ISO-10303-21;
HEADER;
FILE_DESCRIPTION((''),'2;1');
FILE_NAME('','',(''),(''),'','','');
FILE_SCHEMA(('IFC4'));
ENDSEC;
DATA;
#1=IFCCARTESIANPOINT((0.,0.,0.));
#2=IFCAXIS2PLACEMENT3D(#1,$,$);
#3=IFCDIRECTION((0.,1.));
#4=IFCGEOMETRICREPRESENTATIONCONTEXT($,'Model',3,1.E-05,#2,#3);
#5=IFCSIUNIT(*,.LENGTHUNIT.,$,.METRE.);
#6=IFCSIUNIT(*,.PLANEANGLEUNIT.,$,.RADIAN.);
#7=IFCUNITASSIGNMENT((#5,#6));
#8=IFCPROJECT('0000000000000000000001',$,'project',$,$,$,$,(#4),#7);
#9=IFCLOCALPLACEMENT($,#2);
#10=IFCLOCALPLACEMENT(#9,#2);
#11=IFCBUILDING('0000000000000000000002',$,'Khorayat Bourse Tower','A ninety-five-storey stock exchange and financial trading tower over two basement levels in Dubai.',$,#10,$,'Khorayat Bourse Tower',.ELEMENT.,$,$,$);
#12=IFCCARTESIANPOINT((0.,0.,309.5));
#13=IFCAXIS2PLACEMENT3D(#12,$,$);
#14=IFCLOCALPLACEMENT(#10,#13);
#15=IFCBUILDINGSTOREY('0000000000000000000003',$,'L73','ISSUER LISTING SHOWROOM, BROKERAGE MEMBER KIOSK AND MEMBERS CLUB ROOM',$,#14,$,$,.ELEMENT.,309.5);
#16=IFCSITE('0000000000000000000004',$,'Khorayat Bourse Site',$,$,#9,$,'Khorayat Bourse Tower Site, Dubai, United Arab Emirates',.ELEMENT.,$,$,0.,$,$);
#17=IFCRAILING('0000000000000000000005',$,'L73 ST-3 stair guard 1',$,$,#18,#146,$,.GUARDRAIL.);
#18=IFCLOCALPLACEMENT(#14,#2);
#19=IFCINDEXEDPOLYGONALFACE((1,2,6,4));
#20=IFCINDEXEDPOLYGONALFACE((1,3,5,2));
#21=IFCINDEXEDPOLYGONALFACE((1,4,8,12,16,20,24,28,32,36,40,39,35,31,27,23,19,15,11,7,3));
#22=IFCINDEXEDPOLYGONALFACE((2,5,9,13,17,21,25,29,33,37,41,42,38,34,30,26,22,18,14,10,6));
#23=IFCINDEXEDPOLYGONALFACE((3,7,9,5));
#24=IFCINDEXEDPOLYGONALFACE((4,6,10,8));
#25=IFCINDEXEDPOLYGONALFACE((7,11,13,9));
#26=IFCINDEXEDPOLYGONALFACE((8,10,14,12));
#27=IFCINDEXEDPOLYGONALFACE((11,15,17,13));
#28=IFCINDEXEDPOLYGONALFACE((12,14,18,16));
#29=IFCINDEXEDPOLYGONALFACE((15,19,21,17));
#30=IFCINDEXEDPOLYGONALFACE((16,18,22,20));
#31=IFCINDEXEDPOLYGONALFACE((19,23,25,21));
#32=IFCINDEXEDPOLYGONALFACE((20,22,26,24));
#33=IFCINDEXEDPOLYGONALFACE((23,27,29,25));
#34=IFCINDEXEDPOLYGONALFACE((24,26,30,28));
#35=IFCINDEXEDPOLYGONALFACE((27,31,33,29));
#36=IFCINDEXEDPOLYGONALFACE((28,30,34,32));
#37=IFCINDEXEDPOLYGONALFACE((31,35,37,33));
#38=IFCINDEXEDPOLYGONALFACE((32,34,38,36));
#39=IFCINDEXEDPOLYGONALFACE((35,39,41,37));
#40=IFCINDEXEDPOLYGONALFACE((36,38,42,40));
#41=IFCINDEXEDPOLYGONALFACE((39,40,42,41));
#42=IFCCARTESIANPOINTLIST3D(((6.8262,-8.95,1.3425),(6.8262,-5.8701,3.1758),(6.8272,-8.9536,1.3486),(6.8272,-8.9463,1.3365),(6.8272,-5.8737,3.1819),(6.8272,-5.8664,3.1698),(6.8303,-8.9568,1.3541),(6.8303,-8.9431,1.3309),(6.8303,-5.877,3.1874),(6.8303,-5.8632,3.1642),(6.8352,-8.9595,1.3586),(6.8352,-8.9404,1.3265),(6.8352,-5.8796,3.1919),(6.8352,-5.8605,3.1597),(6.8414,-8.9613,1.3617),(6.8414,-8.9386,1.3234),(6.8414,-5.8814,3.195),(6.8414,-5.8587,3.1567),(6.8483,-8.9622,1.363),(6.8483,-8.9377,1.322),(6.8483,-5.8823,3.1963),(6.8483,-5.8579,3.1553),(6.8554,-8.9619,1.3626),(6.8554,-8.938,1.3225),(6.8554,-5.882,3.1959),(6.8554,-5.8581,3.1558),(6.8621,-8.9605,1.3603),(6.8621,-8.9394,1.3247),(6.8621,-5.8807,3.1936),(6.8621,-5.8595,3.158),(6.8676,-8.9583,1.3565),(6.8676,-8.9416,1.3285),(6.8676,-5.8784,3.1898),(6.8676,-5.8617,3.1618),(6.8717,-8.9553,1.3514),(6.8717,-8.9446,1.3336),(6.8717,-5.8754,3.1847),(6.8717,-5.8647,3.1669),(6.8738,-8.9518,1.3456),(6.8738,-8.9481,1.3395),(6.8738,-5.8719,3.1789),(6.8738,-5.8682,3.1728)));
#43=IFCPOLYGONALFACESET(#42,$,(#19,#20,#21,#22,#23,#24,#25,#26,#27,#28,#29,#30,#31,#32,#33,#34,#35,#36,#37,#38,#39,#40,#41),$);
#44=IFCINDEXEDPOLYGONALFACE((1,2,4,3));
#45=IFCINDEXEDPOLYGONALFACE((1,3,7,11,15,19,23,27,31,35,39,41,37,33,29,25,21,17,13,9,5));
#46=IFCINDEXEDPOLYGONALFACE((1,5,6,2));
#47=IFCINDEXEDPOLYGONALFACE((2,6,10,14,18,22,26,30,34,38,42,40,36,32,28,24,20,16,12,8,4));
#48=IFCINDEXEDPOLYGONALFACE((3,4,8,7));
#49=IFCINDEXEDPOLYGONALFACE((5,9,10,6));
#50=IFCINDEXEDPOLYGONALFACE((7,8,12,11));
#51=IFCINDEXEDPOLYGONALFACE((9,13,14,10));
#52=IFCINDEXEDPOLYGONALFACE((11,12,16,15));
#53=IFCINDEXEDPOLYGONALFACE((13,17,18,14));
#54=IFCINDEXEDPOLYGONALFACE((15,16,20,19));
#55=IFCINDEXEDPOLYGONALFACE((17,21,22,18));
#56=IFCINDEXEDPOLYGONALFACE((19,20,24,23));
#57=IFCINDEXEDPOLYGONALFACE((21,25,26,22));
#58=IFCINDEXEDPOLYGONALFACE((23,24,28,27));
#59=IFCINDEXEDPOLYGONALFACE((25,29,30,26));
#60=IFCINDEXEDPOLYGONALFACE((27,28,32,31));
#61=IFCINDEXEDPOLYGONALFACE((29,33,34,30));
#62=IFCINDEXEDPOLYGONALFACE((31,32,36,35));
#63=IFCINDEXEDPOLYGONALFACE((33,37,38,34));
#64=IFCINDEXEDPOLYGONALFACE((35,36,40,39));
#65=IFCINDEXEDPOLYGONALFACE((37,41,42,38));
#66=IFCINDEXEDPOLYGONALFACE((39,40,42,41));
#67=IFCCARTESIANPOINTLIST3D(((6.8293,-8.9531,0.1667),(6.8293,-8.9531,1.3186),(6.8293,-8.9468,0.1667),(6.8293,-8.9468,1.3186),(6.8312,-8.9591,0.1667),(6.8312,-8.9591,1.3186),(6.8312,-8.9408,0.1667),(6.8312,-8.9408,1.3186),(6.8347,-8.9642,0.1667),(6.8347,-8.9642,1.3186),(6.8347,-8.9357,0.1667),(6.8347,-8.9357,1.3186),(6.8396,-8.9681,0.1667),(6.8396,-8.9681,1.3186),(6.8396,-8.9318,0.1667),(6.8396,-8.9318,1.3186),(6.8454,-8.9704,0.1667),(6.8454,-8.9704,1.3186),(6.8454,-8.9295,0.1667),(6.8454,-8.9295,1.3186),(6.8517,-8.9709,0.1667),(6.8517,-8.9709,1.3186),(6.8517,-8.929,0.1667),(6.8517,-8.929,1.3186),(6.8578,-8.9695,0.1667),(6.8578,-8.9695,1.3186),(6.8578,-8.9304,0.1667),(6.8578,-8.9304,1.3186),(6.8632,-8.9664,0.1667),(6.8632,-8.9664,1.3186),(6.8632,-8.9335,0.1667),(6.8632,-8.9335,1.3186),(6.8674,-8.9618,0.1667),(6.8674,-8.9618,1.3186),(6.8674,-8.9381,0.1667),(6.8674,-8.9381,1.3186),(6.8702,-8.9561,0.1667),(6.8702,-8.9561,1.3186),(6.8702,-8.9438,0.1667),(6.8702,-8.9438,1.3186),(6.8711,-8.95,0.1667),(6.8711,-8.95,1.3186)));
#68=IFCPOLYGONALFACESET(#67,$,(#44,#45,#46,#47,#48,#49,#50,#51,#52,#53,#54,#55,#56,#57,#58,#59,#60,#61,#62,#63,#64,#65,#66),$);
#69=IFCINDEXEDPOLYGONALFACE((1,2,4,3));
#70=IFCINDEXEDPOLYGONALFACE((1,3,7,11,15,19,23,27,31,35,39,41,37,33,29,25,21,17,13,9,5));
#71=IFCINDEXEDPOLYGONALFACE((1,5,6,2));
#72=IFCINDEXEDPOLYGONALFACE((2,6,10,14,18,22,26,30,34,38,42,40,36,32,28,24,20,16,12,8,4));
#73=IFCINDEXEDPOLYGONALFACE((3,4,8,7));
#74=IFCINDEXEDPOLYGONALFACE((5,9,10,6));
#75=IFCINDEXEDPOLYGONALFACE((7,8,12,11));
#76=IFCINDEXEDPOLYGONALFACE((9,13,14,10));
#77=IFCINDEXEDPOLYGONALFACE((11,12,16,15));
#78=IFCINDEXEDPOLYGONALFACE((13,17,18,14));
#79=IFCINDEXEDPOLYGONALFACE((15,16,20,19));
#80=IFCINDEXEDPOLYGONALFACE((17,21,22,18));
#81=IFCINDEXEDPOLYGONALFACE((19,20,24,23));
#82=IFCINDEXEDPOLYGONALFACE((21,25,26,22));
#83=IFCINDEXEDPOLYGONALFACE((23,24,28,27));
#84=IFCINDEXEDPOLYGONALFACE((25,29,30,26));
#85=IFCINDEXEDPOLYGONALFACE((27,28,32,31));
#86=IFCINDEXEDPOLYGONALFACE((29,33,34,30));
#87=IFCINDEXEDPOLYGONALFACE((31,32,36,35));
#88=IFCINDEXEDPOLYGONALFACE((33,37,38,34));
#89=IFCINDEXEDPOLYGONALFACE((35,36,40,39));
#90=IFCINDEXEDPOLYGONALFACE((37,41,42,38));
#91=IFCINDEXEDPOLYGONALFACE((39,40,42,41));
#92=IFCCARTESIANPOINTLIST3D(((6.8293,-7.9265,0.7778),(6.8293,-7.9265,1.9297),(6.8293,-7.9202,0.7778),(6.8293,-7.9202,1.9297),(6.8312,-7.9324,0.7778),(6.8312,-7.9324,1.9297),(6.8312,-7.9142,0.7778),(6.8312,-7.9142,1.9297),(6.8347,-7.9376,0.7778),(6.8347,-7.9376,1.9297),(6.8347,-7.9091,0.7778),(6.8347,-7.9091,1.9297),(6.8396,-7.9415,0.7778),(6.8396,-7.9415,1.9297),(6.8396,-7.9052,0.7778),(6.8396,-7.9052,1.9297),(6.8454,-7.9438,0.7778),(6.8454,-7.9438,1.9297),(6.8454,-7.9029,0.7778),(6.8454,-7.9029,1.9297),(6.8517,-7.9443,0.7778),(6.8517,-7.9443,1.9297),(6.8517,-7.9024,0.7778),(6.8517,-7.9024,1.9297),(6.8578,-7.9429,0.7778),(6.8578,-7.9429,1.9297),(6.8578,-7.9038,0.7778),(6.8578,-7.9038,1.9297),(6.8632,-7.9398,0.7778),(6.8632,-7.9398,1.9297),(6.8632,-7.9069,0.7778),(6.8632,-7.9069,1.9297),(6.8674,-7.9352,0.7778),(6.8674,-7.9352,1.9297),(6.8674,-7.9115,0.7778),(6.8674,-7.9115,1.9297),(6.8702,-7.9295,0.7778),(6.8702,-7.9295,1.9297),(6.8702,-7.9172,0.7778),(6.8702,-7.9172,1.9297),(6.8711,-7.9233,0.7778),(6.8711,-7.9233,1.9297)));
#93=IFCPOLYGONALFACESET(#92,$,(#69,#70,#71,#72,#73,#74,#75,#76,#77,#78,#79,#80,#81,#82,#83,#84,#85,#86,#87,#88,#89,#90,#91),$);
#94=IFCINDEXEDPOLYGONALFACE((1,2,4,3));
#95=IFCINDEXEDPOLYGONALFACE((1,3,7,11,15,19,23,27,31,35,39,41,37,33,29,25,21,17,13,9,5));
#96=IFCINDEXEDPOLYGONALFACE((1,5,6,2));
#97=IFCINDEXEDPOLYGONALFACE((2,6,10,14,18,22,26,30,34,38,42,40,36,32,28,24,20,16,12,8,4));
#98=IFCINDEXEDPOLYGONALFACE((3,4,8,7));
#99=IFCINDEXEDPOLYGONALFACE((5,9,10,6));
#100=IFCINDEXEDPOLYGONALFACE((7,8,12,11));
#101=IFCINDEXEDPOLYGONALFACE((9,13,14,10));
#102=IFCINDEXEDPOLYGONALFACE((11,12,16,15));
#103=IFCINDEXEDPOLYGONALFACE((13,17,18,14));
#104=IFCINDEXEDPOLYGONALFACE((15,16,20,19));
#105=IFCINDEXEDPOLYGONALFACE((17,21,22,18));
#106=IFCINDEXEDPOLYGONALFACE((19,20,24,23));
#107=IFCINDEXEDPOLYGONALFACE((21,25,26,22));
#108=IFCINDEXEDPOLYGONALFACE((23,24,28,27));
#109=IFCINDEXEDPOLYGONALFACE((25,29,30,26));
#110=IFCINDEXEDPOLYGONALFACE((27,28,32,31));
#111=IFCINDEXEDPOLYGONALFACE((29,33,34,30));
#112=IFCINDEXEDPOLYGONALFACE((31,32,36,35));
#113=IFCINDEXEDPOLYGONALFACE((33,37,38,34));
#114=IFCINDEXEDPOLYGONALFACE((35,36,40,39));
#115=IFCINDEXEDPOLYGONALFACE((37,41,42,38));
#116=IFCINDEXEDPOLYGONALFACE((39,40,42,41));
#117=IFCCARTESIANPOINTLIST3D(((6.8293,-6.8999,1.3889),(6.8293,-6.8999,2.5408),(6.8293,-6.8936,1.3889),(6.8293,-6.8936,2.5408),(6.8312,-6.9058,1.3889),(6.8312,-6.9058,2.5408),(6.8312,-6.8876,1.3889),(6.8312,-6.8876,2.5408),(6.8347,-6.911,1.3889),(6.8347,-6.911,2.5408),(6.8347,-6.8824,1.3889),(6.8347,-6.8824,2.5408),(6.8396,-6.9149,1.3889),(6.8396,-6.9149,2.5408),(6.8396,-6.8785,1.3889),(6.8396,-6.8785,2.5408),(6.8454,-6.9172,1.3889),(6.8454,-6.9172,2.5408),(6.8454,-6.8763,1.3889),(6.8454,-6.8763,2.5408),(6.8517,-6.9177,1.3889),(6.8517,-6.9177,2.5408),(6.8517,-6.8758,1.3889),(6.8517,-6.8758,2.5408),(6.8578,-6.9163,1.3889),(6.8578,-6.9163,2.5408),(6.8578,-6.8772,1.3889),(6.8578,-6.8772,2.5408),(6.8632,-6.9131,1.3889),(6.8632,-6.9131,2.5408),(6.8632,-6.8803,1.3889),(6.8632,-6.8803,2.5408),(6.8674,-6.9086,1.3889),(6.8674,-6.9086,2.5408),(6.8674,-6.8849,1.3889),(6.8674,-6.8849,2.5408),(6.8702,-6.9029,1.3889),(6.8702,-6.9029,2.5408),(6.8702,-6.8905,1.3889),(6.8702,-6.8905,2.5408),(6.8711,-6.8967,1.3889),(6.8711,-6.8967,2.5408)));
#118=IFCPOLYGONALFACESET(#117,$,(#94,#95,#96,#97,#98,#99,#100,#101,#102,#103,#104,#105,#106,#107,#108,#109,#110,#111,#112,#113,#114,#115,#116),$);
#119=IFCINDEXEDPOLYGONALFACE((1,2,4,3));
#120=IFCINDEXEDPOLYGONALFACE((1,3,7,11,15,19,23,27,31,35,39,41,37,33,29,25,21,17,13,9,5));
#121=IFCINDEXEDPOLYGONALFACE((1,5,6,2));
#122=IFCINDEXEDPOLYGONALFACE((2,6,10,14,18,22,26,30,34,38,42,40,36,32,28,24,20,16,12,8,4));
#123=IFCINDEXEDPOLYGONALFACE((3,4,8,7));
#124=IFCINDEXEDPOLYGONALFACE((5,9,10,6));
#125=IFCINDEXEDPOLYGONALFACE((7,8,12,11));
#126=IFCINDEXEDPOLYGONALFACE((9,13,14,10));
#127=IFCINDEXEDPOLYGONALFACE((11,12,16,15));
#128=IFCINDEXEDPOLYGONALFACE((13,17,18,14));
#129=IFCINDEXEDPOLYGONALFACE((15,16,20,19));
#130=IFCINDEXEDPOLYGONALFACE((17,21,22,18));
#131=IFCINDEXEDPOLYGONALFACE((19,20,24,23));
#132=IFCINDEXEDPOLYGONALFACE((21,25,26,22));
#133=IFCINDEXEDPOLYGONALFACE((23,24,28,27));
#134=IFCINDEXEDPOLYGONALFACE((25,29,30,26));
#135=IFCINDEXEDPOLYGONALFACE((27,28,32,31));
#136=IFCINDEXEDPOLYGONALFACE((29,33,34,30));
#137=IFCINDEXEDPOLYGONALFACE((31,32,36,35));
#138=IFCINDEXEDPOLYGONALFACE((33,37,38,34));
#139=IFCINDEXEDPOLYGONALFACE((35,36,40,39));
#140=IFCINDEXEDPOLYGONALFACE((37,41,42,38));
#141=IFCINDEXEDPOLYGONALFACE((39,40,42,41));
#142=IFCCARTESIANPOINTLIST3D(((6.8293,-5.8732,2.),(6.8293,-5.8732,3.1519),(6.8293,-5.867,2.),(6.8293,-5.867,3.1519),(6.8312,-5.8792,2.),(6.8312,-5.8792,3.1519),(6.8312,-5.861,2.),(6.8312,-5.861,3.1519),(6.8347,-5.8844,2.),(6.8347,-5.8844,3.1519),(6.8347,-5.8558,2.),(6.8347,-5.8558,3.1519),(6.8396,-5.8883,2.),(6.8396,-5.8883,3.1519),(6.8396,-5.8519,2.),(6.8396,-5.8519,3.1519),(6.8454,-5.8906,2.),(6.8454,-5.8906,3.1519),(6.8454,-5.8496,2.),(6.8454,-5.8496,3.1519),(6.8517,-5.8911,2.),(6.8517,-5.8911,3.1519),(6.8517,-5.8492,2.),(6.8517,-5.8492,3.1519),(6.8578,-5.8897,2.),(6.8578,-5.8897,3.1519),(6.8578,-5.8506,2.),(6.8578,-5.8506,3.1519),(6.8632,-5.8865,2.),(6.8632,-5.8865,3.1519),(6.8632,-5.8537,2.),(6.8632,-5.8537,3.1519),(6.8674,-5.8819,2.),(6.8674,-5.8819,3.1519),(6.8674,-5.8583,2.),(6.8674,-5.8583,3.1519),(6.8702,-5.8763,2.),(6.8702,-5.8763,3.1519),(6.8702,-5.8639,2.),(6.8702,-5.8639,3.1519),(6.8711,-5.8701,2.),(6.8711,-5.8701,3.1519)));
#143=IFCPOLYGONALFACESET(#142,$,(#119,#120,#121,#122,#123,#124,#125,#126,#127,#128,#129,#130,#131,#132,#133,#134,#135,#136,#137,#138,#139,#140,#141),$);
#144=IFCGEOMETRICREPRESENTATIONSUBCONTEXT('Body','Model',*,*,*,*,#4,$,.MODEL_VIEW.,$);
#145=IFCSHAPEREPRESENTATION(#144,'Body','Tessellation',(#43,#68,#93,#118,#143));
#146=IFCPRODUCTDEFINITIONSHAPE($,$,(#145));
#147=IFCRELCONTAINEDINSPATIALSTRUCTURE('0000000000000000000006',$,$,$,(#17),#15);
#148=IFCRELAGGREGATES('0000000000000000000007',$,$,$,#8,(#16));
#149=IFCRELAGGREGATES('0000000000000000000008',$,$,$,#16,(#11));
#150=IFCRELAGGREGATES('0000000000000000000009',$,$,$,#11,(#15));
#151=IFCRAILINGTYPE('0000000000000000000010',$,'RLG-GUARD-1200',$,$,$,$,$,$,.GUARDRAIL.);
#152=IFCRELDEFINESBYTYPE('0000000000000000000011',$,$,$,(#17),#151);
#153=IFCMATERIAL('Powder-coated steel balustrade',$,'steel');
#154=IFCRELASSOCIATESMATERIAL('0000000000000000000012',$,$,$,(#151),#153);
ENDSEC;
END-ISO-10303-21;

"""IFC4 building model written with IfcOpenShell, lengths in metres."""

from ifc_helpers import new_model, si_unit, direction, frame, origin, origin_2d, place, context, subcontext, project, spatial, circle, extrude, source, transform, mapped, material, type_object, element, save


model = new_model("IFC4")

# Units and contexts
model_context = context("Model", 3, precision=1e-05, world=origin(), true_north=direction((0.0, 1.0)))
body_context = subcontext(model_context, "Body", "Model", "MODEL_VIEW")
ifc_project = project(units=[si_unit("LENGTHUNIT", "METRE"), si_unit("PLANEANGLEUNIT", "RADIAN")], contexts=[model_context])

# Site, building, storey
site_placement = place(None, origin())
site = spatial("IfcSite", under=ifc_project, at=site_placement, Name="Khorayat Bourse Site", LongName="Khorayat Bourse Tower Site, Dubai, United Arab Emirates", CompositionType="ELEMENT", RefElevation=0.0)
building_placement = place(site_placement, origin())
building = spatial("IfcBuilding", under=site, at=building_placement, Name="Khorayat Bourse Tower", Description="A ninety-five-storey stock exchange and financial trading tower over two basement levels in Dubai.", LongName="Khorayat Bourse Tower", CompositionType="ELEMENT")
storey_placement = place(building_placement, frame((0.0, 0.0, 309.5)))
storey = spatial("IfcBuildingStorey", under=building, at=storey_placement, Name="L73", Description="ISSUER LISTING SHOWROOM, BROKERAGE MEMBER KIOSK AND MEMBERS CLUB ROOM", CompositionType="ELEMENT", Elevation=309.5)

# Railing
ifc_material_1 = material(Name="Powder-coated steel balustrade", Category="steel")
railing_type_1 = type_object("IfcRailingType", Name="RLG-GUARD-1200", PredefinedType="GUARDRAIL", material=ifc_material_1)
shared_shape_1 = source(origin(), body_context, "Body", "SweptSolid", [
    extrude(circle(Radius=0.0239, at=origin_2d()), frame((0.0, 0.0, 1.1758), z_axis=(0.0, 0.859291, 0.511487), x_axis=(-1.0, 0.0, 0.0)), (0.0, 0.0, 1.0), 3.5842),
    extrude(circle(Radius=0.021, at=origin_2d()), origin(), (0.0, 0.0, 1.0), 1.1519),
    extrude(circle(Radius=0.021, at=origin_2d()), frame((0.0, 1.0266, 0.6111)), (0.0, 0.0, 1.0), 1.1519),
    extrude(circle(Radius=0.021, at=origin_2d()), frame((0.0, 2.0532, 1.2222)), (0.0, 0.0, 1.0), 1.1519),
    extrude(circle(Radius=0.021, at=origin_2d()), frame((0.0, 3.0798, 1.8333)), (0.0, 0.0, 1.0), 1.1519),
])
railing_1_placement = place(storey_placement, frame((6.8501, -8.95, 0.1667)))
element("IfcRailing", 1, at=railing_1_placement, inside=storey, type_object=railing_type_1, Name="L73 ST-3 stair guard 1", PredefinedType="GUARDRAIL", context=body_context, shape_type="MappedRepresentation", body=[
    mapped(shared_shape_1, transform((0.0, 0.0, 0.0), scale=1.0)),
])

save(model, "model.ifc")
